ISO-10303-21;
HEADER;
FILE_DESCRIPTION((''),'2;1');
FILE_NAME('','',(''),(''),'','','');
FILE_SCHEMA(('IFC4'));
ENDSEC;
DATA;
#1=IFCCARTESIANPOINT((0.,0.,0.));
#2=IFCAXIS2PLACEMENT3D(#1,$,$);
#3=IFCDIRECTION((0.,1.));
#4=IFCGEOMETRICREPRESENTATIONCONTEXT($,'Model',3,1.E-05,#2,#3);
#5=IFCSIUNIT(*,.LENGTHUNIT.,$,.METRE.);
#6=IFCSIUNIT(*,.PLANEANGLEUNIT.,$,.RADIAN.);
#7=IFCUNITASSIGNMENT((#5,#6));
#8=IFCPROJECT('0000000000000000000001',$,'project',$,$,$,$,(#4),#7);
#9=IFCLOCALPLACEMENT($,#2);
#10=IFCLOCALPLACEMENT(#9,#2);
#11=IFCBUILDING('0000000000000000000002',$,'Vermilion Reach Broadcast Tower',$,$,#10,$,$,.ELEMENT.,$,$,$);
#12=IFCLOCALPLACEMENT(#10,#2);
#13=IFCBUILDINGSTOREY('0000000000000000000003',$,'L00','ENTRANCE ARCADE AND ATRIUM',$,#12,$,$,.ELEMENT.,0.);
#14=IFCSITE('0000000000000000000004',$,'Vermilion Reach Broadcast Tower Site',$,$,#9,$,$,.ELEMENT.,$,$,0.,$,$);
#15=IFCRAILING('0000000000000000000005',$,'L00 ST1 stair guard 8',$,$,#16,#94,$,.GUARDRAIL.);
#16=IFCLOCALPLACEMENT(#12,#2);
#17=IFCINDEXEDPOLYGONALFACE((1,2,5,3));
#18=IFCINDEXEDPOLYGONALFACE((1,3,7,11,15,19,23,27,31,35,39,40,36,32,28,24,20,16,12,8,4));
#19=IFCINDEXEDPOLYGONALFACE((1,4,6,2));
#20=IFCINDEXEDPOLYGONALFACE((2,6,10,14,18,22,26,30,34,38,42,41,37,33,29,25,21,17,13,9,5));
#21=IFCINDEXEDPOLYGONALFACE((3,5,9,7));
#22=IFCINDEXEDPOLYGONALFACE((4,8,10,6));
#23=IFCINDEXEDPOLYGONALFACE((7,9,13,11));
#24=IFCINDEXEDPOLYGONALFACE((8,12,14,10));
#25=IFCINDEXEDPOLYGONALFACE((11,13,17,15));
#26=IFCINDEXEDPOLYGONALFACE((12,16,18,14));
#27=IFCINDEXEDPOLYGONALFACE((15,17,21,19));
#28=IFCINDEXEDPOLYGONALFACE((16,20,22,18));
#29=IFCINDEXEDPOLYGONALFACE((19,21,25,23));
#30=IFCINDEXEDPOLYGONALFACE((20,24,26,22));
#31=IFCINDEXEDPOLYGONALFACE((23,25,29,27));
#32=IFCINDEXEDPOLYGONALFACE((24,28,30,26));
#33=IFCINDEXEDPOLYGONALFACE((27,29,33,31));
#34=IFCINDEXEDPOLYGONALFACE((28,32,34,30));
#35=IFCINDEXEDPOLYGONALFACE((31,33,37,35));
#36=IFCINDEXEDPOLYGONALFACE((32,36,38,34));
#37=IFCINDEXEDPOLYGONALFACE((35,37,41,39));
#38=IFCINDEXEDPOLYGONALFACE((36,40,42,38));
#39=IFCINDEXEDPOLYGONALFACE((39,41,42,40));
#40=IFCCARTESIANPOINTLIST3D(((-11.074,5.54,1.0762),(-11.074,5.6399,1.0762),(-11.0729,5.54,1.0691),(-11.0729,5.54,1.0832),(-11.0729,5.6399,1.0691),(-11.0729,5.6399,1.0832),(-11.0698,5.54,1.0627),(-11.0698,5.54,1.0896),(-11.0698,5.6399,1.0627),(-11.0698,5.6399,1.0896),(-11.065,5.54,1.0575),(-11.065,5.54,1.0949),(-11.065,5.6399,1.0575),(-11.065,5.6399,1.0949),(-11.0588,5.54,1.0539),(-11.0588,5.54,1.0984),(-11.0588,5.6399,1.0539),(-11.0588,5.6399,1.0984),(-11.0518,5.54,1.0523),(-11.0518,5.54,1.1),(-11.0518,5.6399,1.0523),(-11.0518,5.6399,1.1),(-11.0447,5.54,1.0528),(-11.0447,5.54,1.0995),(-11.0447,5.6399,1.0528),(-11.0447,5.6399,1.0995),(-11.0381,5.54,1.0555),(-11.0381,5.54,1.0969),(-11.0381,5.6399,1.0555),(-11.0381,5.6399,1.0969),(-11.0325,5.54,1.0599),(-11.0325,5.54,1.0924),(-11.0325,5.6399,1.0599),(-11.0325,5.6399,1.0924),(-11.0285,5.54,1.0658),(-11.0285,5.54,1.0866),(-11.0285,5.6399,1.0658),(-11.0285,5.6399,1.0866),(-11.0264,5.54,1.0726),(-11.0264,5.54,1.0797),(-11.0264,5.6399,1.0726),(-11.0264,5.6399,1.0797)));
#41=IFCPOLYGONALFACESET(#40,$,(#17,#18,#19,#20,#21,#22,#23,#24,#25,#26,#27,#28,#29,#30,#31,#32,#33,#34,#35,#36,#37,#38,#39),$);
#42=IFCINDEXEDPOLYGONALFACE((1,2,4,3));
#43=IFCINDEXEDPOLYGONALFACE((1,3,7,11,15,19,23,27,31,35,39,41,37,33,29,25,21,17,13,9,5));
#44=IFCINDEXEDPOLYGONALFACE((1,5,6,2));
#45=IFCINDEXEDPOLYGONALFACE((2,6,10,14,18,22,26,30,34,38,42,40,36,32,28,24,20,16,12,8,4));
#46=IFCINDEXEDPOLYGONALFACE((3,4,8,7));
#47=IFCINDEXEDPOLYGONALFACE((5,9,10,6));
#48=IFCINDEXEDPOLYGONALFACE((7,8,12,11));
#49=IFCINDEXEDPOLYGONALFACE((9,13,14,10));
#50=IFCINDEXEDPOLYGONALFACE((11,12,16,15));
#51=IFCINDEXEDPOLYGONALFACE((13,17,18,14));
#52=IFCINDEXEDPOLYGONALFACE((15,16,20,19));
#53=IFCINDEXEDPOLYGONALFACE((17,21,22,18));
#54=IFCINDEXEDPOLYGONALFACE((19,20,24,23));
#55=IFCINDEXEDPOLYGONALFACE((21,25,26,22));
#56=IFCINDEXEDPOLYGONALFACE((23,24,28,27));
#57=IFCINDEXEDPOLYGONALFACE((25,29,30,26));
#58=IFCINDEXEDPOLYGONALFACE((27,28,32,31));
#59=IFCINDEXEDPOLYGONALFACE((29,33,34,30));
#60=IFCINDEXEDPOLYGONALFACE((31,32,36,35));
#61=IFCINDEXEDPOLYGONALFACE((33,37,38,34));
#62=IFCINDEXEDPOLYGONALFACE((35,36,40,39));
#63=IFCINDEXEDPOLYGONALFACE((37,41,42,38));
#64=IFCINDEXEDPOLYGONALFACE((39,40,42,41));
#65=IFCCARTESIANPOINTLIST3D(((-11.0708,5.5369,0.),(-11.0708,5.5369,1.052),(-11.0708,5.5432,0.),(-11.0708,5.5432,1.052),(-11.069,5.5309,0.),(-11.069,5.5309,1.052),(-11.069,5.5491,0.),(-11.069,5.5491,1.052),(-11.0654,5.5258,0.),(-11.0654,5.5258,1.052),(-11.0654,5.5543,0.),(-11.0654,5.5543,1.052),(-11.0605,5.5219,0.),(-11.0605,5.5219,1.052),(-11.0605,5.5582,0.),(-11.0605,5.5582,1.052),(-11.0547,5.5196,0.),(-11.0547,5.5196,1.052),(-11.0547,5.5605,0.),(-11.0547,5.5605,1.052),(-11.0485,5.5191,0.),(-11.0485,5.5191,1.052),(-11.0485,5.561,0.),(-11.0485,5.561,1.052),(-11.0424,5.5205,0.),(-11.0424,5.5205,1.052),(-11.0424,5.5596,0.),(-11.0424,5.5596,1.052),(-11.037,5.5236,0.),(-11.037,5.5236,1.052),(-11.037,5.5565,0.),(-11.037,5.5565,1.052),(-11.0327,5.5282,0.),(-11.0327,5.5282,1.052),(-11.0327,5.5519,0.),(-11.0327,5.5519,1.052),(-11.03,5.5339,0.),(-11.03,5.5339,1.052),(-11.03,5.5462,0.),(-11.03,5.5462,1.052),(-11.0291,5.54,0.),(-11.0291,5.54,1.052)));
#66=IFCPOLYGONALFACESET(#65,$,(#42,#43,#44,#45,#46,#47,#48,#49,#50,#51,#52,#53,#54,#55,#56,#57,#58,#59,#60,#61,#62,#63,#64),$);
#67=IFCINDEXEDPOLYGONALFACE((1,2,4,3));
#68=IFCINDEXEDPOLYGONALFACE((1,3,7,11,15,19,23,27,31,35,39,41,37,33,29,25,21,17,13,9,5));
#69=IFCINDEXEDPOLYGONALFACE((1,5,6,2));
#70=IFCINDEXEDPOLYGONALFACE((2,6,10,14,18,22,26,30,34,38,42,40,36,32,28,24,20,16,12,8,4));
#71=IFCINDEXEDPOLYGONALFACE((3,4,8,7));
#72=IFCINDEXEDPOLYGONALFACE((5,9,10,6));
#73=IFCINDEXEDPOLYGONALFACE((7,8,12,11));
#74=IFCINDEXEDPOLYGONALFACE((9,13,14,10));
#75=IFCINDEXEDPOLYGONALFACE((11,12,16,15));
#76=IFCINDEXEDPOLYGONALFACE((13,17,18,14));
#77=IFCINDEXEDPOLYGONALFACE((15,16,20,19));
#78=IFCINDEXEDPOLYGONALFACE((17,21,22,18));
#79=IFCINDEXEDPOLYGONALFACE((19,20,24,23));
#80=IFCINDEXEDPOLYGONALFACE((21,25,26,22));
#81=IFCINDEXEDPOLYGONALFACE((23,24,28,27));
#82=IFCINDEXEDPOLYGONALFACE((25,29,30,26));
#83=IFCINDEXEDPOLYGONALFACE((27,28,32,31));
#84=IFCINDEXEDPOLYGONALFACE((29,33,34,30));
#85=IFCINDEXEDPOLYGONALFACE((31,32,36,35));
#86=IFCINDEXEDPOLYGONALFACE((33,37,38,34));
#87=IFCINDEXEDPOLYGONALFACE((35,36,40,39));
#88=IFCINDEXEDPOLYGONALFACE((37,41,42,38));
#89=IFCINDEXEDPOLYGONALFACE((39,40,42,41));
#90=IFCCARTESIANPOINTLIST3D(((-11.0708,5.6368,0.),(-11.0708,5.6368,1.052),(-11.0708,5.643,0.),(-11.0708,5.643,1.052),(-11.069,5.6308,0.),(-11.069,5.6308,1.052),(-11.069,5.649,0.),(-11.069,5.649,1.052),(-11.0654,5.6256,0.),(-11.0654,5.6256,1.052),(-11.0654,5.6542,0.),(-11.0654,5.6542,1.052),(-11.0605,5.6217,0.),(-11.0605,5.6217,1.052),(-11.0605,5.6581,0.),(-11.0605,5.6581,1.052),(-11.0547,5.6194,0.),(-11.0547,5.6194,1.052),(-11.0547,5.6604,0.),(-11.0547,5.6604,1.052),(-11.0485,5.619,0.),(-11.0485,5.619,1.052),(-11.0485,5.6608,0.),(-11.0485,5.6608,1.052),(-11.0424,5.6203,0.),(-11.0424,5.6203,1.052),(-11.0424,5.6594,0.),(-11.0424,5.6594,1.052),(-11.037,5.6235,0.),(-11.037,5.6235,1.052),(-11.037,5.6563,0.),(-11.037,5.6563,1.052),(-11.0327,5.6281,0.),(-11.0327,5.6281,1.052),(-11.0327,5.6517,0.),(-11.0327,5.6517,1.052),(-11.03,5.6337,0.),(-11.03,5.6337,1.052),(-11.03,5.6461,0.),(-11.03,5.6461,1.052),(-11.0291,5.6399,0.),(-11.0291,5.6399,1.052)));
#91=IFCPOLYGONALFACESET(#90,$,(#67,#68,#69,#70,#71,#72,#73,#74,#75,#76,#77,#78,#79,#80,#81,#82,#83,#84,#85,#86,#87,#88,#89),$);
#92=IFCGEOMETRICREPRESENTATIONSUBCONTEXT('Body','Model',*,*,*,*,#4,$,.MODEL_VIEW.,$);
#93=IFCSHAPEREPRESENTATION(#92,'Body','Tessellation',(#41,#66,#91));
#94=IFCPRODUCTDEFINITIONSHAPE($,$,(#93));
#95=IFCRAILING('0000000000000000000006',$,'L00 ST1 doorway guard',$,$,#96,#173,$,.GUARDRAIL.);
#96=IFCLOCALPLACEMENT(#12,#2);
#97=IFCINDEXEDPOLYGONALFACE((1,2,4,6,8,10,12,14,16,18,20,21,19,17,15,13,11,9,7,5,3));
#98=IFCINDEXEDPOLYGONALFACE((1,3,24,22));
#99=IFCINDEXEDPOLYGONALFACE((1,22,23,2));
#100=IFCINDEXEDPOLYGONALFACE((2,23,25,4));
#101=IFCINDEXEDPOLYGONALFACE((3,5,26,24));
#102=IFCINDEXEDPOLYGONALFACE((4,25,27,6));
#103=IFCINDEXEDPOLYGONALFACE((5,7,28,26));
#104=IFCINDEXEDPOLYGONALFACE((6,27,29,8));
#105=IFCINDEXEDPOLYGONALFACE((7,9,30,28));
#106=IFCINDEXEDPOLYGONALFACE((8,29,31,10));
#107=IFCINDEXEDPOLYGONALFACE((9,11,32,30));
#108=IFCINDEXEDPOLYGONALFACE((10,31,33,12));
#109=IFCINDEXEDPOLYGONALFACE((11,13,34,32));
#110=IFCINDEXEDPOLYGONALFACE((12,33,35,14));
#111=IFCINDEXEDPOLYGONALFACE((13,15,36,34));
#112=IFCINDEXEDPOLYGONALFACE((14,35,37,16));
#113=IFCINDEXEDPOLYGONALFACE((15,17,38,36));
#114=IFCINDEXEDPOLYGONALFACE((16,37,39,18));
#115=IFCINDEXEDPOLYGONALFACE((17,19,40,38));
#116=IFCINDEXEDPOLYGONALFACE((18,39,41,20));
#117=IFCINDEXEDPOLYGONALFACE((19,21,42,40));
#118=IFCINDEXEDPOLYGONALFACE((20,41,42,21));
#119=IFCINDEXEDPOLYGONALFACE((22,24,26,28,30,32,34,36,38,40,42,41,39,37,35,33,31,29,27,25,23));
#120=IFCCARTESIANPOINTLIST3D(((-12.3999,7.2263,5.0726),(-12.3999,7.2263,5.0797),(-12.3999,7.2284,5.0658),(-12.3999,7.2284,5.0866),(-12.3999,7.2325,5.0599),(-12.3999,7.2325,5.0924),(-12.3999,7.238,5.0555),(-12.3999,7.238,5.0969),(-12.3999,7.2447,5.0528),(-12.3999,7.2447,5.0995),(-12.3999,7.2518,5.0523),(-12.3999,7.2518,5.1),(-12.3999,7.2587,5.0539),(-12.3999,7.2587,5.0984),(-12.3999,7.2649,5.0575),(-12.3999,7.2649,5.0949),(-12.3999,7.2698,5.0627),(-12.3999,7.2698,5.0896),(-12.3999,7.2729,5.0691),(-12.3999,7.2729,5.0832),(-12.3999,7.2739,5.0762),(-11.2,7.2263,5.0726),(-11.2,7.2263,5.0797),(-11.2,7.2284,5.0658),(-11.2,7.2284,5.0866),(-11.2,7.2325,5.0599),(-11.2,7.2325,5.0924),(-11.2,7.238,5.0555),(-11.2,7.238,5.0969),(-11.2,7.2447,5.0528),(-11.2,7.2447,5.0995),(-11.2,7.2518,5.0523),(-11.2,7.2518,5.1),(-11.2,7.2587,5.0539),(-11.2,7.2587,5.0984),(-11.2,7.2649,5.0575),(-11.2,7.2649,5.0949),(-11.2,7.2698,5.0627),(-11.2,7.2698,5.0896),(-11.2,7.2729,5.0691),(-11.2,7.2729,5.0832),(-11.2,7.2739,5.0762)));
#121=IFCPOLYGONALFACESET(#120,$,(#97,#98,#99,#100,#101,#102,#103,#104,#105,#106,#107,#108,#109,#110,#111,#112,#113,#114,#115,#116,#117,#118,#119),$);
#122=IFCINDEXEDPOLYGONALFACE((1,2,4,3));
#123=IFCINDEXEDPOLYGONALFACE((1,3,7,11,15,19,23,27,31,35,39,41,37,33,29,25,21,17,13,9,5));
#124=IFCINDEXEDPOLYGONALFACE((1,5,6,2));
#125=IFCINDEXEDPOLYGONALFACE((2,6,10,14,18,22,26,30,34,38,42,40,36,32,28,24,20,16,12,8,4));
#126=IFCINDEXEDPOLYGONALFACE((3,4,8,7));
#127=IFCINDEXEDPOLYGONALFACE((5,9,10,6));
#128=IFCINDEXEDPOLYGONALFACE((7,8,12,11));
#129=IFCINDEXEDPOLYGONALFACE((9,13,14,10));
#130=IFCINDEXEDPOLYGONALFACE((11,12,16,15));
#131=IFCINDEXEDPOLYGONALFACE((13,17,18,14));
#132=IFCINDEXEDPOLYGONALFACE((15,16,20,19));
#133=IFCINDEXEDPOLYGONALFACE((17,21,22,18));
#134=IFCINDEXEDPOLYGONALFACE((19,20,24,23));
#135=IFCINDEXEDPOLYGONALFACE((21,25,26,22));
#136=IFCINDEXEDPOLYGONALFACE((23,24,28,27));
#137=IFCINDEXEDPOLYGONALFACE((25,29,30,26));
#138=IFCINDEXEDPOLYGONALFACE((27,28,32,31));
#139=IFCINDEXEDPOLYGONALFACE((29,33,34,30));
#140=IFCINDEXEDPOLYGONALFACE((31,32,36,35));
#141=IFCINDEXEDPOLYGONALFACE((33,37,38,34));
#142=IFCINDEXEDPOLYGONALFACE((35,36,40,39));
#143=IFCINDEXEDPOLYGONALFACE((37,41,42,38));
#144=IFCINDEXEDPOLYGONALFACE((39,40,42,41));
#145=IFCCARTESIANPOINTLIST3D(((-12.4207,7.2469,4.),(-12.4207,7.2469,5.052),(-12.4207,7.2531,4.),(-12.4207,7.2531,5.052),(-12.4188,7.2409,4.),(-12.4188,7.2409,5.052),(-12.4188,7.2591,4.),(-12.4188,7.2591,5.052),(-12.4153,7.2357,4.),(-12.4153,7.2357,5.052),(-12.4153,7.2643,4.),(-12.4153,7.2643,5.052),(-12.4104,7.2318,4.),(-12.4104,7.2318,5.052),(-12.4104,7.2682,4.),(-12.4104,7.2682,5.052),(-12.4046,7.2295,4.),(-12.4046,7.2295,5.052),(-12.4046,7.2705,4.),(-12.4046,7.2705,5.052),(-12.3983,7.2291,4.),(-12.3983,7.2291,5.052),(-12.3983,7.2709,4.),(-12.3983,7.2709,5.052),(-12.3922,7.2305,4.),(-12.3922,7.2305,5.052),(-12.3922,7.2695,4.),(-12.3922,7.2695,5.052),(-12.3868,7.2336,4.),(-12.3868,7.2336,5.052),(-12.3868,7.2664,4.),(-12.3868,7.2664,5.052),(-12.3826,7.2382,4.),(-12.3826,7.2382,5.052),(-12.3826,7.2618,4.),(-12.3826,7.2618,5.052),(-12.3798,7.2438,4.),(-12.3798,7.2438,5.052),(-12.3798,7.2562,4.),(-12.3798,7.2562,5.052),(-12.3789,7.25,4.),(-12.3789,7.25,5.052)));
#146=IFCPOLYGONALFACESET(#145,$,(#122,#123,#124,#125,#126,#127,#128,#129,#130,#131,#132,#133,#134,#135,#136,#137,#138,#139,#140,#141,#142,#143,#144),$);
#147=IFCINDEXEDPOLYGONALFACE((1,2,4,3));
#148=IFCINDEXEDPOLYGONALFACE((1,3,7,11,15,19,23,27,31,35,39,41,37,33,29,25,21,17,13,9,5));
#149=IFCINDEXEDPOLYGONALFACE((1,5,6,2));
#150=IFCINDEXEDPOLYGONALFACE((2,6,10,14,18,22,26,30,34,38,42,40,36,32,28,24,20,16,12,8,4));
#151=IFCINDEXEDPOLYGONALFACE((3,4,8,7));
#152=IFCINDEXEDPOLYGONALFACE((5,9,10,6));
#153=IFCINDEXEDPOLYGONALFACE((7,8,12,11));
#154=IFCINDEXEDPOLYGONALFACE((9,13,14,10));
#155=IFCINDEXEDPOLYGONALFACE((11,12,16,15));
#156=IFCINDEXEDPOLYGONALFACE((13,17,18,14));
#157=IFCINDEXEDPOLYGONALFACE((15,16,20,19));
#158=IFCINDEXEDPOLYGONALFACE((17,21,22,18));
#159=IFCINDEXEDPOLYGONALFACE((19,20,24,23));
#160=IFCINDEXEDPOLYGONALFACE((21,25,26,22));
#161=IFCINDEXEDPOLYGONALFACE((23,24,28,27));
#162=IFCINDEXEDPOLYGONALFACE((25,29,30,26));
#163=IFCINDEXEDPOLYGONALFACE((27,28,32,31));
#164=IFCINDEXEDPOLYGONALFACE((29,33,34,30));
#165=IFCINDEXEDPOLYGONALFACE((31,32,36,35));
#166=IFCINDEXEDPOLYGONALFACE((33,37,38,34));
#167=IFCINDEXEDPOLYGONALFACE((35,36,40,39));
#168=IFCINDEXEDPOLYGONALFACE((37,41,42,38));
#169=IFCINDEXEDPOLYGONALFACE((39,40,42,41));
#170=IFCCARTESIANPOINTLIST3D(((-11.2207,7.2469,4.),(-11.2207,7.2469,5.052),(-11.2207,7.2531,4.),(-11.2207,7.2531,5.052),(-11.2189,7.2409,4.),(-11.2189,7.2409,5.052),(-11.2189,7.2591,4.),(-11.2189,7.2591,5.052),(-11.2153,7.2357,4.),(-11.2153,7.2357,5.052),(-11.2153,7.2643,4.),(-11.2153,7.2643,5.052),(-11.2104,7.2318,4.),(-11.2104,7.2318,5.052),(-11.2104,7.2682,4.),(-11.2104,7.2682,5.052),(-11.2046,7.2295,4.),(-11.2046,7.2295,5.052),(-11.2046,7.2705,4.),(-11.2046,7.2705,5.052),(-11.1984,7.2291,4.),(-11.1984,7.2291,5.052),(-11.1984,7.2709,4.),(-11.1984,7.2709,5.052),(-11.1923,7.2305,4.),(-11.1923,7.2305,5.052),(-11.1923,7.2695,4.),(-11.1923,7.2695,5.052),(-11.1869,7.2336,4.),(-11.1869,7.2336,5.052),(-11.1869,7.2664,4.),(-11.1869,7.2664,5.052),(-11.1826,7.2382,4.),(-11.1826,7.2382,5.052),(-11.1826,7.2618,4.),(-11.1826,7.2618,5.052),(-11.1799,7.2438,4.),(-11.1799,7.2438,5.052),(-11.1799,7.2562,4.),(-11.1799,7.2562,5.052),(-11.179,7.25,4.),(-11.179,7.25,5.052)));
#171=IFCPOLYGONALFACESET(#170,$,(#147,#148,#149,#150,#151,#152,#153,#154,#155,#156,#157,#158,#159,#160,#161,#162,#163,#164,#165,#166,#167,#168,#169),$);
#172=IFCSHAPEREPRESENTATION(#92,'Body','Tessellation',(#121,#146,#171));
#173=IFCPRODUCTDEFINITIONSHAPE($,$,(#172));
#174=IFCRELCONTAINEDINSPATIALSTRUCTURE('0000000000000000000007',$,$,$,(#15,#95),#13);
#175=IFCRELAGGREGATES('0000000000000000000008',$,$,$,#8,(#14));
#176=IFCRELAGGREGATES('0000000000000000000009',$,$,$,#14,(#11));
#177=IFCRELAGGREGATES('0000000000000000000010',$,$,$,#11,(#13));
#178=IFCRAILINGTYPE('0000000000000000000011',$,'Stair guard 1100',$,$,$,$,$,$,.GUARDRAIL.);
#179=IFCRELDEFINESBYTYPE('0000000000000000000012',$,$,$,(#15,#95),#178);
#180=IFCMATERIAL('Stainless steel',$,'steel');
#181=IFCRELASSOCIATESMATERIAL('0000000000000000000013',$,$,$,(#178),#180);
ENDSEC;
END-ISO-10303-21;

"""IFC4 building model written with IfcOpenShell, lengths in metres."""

from ifc_helpers import new_model, si_unit, direction, frame, origin, origin_2d, place, context, subcontext, project, spatial, circle, extrude, material, type_object, element, save


model = new_model("IFC4")

# Units and contexts
model_context = context("Model", 3, precision=1e-05, world=origin(), true_north=direction((0.0, 1.0)))
body_context = subcontext(model_context, "Body", "Model", "MODEL_VIEW")
ifc_project = project(units=[si_unit("LENGTHUNIT", "METRE"), si_unit("PLANEANGLEUNIT", "RADIAN")], contexts=[model_context])

# Site, building, storey
site_placement = place(None, origin())
site = spatial("IfcSite", under=ifc_project, at=site_placement, Name="Vermilion Reach Broadcast Tower Site", CompositionType="ELEMENT", RefElevation=0.0)
building_placement = place(site_placement, origin())
building = spatial("IfcBuilding", under=site, at=building_placement, Name="Vermilion Reach Broadcast Tower", CompositionType="ELEMENT")
storey_placement = place(building_placement, origin())
storey = spatial("IfcBuildingStorey", under=building, at=storey_placement, Name="L00", Description="ENTRANCE ARCADE AND ATRIUM", CompositionType="ELEMENT", Elevation=0.0)

# Railings
ifc_material_1 = material(Name="Stainless steel", Category="steel")
railing_type_1 = type_object("IfcRailingType", Name="Stair guard 1100", PredefinedType="GUARDRAIL", material=ifc_material_1)
railing_1_placement = place(storey_placement, frame((-11.05, 5.54, 0.0)))
element("IfcRailing", 1, at=railing_1_placement, inside=storey, type_object=railing_type_1, Name="L00 ST1 stair guard 8", PredefinedType="GUARDRAIL", context=body_context, shape_type="SweptSolid", body=[
    extrude(circle(Radius=0.0239, at=origin_2d()), frame((0.0, 0.0, 1.0762), z_axis=(0.0, 1.0, 0.0), x_axis=(-1.0, 0.0, 0.0)), (0.0, 0.0, 1.0), 0.0999),
    extrude(circle(Radius=0.021, at=origin_2d()), origin(), (0.0, 0.0, 1.0), 1.052),
    extrude(circle(Radius=0.021, at=origin_2d()), frame((0.0, 0.0999, 0.0)), (0.0, 0.0, 1.0), 1.052),
])
railing_2_placement = place(storey_placement, frame((-12.3999, 7.25, 4.0)))
element("IfcRailing", 2, at=railing_2_placement, inside=storey, type_object=railing_type_1, Name="L00 ST1 doorway guard", PredefinedType="GUARDRAIL", context=body_context, shape_type="SweptSolid", body=[
    extrude(circle(Radius=0.0239, at=origin_2d()), frame((0.0, 0.0, 1.0762), z_axis=(1.0, 0.0, 0.0), x_axis=(0.0, 1.0, 0.0)), (0.0, 0.0, 1.0), 1.2),
    extrude(circle(Radius=0.021, at=origin_2d()), origin(), (0.0, 0.0, 1.0), 1.052),
    extrude(circle(Radius=0.021, at=origin_2d()), frame((1.2, 0.0, 0.0)), (0.0, 0.0, 1.0), 1.052),
])

save(model, "model.ifc")
